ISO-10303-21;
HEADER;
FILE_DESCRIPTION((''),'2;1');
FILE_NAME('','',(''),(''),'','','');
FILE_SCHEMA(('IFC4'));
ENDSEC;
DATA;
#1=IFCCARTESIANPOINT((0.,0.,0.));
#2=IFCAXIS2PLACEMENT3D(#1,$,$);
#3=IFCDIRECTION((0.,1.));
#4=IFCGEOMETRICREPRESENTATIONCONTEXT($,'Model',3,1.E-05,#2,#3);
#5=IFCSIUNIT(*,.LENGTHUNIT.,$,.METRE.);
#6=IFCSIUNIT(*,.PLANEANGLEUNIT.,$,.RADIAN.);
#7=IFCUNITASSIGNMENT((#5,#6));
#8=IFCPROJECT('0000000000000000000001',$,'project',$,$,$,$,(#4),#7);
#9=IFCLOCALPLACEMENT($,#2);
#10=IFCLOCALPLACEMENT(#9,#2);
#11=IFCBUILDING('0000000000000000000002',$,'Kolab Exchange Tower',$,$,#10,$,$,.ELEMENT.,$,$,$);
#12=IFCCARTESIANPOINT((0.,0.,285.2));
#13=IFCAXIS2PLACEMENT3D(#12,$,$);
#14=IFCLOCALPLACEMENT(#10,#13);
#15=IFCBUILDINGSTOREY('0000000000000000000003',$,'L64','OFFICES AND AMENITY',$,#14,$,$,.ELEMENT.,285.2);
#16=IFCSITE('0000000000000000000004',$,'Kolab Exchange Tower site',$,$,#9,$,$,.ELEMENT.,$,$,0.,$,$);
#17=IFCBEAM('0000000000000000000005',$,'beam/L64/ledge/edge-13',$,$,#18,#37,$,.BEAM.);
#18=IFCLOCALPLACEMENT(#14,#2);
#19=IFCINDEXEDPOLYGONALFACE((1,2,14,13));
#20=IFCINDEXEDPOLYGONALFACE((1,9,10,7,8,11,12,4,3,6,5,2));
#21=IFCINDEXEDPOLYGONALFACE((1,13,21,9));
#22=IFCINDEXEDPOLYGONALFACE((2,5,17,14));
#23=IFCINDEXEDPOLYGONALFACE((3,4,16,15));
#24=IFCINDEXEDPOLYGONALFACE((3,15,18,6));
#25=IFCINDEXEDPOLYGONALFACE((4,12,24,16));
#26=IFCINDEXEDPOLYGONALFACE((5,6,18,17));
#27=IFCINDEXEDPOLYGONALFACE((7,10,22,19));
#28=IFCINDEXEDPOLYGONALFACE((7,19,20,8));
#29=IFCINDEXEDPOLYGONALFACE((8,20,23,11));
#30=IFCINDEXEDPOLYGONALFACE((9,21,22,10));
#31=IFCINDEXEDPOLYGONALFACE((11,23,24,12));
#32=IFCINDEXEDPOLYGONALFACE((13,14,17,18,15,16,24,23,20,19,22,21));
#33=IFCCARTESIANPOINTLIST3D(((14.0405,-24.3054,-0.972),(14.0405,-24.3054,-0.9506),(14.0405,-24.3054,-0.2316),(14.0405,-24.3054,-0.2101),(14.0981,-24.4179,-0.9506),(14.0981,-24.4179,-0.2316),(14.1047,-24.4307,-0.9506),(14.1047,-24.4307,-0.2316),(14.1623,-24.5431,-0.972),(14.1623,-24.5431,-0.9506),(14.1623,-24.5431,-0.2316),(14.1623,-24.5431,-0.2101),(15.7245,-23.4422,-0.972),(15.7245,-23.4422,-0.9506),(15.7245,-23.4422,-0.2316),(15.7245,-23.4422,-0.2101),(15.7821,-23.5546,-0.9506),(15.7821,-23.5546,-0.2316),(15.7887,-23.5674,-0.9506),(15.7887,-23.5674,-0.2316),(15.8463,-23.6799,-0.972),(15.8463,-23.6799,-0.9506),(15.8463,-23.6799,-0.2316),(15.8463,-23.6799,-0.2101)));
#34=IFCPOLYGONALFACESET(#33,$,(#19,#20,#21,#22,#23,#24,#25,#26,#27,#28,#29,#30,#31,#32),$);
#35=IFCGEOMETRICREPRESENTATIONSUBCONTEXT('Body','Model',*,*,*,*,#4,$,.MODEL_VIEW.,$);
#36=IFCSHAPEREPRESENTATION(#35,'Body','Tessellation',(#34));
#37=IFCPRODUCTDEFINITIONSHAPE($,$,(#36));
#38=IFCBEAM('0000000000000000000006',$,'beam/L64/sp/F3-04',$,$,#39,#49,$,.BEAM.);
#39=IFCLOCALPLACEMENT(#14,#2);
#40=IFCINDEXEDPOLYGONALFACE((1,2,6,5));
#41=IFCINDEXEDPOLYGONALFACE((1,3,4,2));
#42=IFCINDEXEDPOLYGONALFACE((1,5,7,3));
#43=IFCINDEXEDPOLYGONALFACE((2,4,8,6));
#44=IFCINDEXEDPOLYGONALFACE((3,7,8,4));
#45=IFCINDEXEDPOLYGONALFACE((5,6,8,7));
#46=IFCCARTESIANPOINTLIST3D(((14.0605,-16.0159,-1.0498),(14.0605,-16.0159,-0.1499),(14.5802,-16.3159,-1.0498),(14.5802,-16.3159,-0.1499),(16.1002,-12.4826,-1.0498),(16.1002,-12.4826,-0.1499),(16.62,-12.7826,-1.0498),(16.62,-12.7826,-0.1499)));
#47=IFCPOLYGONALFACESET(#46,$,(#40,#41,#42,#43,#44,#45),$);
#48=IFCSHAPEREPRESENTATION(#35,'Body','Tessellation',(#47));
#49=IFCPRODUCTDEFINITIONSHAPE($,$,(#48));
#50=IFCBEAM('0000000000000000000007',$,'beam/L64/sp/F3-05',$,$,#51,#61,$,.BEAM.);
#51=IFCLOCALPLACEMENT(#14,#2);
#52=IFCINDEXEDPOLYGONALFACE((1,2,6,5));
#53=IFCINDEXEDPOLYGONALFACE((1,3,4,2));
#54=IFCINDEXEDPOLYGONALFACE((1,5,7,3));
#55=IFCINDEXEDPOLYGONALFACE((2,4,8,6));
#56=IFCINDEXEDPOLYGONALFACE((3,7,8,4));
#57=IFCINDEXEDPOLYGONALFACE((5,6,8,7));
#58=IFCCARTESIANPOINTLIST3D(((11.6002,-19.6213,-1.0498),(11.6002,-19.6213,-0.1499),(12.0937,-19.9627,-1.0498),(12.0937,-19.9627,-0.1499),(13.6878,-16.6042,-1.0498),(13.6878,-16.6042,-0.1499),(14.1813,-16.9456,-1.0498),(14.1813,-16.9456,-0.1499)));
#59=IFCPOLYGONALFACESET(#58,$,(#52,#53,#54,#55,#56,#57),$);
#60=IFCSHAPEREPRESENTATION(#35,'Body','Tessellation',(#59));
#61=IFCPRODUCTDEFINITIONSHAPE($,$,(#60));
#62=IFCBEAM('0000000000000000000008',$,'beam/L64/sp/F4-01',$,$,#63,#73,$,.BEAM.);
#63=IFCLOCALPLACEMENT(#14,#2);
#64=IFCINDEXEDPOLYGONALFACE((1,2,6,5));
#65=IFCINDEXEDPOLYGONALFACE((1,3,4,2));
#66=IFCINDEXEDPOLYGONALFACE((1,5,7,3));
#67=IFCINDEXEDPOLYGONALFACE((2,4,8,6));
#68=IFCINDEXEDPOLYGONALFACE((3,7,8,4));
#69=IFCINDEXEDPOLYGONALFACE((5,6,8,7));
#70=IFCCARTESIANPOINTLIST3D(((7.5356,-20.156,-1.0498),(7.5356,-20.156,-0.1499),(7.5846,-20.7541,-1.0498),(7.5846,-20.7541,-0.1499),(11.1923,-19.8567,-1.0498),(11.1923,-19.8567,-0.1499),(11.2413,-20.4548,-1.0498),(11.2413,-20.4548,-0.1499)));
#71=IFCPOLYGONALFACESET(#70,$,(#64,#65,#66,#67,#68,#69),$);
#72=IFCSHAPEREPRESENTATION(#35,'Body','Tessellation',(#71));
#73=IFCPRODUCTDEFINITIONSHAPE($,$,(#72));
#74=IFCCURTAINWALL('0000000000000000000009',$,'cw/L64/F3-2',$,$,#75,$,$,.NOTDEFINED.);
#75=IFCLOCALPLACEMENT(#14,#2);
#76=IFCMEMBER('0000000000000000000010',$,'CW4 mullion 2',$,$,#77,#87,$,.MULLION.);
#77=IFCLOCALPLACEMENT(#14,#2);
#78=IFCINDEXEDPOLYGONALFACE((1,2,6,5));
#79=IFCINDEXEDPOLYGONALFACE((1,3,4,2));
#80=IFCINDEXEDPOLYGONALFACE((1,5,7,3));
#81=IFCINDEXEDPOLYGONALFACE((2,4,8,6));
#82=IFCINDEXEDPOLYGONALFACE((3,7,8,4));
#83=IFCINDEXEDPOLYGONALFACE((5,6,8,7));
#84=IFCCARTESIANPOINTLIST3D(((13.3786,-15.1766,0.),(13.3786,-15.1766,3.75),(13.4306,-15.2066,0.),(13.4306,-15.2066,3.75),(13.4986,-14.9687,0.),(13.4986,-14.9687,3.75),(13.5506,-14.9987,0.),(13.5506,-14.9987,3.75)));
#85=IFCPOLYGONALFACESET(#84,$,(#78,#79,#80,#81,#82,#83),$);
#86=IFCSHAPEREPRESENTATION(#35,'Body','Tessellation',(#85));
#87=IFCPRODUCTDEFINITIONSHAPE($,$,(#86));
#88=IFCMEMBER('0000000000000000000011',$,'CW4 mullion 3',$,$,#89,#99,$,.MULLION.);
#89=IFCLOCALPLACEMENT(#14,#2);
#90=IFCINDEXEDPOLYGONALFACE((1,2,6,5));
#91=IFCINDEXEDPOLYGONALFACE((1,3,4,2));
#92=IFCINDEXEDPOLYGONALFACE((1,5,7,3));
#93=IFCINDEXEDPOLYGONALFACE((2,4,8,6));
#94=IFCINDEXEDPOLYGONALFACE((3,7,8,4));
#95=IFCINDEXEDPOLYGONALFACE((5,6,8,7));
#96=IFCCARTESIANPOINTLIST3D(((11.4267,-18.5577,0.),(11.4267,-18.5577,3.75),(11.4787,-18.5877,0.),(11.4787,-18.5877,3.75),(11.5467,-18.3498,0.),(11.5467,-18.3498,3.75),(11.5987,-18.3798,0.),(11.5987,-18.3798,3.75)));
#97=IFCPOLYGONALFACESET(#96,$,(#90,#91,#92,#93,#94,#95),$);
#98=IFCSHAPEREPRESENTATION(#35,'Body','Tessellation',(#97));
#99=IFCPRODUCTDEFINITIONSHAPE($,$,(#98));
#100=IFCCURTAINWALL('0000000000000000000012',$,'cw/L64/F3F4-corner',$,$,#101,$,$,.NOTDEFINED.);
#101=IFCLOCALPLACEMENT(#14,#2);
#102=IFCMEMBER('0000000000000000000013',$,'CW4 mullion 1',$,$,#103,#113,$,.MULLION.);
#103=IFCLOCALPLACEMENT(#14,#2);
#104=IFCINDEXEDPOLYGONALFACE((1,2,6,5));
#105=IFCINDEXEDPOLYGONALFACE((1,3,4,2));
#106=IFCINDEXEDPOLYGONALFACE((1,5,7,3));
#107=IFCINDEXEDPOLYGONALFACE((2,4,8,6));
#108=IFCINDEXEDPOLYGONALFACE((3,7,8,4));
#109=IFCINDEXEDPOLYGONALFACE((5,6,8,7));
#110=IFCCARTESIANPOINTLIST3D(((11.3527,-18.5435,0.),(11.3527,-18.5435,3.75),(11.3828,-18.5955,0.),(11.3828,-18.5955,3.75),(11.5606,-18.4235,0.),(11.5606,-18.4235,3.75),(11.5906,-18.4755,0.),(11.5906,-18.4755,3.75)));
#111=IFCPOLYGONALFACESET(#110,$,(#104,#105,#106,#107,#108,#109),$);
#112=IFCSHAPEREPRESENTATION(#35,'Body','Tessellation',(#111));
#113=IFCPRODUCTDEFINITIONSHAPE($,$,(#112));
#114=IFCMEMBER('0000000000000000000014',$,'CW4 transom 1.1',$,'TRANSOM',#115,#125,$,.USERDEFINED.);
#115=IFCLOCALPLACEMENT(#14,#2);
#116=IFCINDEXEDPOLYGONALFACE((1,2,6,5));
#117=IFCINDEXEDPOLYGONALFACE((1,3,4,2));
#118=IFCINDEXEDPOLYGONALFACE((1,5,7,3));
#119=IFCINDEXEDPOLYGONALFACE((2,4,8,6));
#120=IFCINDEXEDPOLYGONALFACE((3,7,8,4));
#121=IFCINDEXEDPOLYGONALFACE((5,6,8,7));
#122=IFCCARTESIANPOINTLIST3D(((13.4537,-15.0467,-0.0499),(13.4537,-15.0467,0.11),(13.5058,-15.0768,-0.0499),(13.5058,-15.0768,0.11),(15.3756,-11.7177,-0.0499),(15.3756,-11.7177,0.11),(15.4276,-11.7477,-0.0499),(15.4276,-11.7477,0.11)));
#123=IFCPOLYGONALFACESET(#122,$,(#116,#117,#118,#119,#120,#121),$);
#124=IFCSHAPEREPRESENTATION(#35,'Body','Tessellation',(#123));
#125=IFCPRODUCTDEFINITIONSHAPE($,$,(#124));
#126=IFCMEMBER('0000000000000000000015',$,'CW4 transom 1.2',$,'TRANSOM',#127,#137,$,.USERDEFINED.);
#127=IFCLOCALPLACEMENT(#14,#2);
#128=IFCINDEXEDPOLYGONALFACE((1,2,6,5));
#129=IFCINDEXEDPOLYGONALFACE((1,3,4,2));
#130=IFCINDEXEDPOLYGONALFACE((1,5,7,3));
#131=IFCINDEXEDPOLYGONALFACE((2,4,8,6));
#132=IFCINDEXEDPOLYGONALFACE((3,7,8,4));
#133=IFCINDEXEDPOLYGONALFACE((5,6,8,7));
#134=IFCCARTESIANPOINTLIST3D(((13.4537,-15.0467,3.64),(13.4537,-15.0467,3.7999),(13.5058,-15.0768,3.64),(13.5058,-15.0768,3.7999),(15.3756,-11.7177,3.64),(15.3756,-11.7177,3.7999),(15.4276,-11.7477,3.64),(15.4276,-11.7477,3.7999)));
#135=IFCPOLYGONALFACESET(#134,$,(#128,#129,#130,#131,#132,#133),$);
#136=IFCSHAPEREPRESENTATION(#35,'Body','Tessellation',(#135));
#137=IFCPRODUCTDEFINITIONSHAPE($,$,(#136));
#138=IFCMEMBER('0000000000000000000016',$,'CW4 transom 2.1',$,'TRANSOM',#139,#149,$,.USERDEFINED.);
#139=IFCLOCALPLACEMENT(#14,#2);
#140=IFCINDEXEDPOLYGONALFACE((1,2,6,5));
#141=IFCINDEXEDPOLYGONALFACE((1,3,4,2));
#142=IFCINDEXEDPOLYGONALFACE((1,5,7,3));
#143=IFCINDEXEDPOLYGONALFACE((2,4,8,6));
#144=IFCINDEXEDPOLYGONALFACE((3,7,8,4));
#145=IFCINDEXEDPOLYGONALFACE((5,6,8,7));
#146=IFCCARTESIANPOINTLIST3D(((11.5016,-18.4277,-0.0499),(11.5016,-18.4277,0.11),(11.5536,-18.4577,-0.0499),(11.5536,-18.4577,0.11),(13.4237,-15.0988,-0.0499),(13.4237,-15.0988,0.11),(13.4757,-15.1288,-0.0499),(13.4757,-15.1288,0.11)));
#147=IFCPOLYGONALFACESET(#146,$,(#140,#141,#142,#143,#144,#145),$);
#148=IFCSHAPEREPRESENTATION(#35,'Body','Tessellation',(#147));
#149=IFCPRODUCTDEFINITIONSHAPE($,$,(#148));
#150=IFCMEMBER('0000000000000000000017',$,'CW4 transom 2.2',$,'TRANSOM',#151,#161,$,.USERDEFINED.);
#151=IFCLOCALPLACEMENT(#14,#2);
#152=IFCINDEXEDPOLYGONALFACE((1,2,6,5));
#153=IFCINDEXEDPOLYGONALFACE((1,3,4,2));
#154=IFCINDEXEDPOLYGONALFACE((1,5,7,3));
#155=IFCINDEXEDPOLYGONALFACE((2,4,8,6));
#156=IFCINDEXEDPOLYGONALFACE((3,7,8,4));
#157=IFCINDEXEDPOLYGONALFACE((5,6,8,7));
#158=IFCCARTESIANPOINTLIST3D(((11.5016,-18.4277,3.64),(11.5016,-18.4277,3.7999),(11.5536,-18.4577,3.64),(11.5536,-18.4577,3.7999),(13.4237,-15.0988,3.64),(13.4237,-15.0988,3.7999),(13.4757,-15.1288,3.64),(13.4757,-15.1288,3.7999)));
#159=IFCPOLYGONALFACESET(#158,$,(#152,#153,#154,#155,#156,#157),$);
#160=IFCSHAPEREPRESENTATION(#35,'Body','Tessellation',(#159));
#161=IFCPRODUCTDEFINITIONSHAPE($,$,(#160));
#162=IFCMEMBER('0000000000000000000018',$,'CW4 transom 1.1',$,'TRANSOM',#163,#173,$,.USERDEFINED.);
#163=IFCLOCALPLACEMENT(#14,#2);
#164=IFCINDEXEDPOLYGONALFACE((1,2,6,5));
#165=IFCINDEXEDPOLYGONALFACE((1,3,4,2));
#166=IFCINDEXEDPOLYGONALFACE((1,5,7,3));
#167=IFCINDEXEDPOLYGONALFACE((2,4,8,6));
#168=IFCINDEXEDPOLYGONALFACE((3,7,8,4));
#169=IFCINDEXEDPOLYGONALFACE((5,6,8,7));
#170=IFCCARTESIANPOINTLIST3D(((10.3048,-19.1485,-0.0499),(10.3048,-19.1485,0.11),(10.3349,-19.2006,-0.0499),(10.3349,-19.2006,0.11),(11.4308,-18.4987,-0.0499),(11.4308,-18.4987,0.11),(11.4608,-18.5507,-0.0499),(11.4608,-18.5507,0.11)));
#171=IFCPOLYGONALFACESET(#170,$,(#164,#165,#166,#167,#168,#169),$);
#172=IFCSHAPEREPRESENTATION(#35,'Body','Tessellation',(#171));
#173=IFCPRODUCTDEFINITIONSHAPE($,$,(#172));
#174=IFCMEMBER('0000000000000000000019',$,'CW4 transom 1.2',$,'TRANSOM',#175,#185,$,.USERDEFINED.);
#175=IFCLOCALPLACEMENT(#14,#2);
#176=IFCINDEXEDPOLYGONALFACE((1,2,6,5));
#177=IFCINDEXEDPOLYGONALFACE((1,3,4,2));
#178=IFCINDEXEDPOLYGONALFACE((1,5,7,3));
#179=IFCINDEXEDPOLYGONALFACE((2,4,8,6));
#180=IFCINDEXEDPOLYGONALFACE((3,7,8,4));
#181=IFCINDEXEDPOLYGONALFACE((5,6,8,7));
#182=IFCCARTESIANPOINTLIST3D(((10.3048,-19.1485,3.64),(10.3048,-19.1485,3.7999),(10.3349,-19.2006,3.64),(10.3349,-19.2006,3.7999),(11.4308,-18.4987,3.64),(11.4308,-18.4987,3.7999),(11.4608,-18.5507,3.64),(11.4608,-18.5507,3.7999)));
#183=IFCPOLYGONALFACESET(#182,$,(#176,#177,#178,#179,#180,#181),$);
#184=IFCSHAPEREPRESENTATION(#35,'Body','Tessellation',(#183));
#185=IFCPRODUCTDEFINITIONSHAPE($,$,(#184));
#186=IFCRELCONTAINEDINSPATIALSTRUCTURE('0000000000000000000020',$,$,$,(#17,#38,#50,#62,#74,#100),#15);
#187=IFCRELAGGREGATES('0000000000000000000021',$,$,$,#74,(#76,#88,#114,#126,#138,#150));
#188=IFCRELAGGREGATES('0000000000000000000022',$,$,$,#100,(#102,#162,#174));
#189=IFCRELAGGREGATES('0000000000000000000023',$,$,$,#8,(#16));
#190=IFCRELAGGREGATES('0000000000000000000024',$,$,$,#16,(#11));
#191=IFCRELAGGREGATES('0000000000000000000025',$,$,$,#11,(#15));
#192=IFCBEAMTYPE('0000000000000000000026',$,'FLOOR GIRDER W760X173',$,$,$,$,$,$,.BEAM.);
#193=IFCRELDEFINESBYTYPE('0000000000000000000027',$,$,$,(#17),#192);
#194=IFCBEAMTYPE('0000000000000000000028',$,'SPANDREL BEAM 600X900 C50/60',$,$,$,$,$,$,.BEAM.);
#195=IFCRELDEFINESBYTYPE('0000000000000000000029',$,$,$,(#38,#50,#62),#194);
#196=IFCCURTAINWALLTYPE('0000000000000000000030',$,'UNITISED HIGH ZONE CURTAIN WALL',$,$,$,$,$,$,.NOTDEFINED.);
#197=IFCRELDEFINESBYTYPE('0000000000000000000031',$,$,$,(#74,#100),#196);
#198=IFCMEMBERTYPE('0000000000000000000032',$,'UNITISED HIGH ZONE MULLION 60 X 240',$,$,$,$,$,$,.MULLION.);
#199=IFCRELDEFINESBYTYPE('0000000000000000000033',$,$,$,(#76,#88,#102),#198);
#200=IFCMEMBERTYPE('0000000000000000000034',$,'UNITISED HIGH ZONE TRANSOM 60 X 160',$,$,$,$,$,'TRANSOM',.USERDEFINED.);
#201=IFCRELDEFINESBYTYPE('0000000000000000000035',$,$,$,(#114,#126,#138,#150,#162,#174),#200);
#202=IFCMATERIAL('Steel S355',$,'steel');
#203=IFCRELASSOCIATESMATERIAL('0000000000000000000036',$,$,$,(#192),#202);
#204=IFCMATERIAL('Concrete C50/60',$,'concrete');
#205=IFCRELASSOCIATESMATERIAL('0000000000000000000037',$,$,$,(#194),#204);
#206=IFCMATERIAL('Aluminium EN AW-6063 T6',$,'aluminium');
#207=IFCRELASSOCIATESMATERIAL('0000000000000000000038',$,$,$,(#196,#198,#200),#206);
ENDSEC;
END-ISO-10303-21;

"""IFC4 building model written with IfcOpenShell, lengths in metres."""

from ifc_helpers import new_model, si_unit, direction, frame, origin, origin_2d, place, context, subcontext, project, spatial, rectangle, i_section, extrude, material, material_profile, profile_set, type_object, element, aggregate, save


model = new_model("IFC4")

# Units and contexts
model_context = context("Model", 3, precision=1e-05, world=origin(), true_north=direction((0.0, 1.0)))
body_context = subcontext(model_context, "Body", "Model", "MODEL_VIEW")
ifc_project = project(units=[si_unit("LENGTHUNIT", "METRE"), si_unit("PLANEANGLEUNIT", "RADIAN")], contexts=[model_context])

# Site, building, storey
site_placement = place(None, origin())
site = spatial("IfcSite", under=ifc_project, at=site_placement, Name="Kolab Exchange Tower site", CompositionType="ELEMENT", RefElevation=0.0)
building_placement = place(site_placement, origin())
building = spatial("IfcBuilding", under=site, at=building_placement, Name="Kolab Exchange Tower", CompositionType="ELEMENT")
storey_placement = place(building_placement, frame((0.0, 0.0, 285.2)))
storey = spatial("IfcBuildingStorey", under=building, at=storey_placement, Name="L64", Description="OFFICES AND AMENITY", CompositionType="ELEMENT", Elevation=285.2)

# Shared definitions
ifc_material_1 = material(Name="Concrete C50/60", Category="concrete")

# Beams
ifc_material_2 = material(Name="Steel S355", Category="steel")
ifc_material_profile_1 = material_profile(ifc_material_2, i_section(OverallWidth=0.2671, OverallDepth=0.762, WebThickness=0.0144, FlangeThickness=0.0215, at=origin_2d()), Name="W760X173")
ifc_profile_set_1 = profile_set([ifc_material_profile_1], Name="Steel S355")
beam_type_1 = type_object("IfcBeamType", Name="FLOOR GIRDER W760X173", PredefinedType="BEAM", material=ifc_profile_set_1)
beam_1_placement = place(storey_placement, frame((15.7854, -23.561, -0.5911), z_axis=(-0.889893, -0.45617, 0.0), x_axis=(0.45617, -0.889893, 0.0)))
element("IfcBeam", 1, at=beam_1_placement, inside=storey, type_object=beam_type_1, Name="beam/L64/ledge/edge-13", PredefinedType="BEAM", context=body_context, shape_type="SweptSolid", body=[
    extrude(i_section(OverallWidth=0.2671, OverallDepth=0.762, WebThickness=0.0144, FlangeThickness=0.0215, at=origin_2d()), origin(), (0.0, 0.0, 1.0), 1.8923),
])
ifc_material_profile_2 = material_profile(ifc_material_1, rectangle(XDim=0.6001, YDim=0.8999, at=origin_2d()), Name="RC600X900")
ifc_profile_set_2 = profile_set([ifc_material_profile_2], Name="Concrete C50/60")
beam_type_2 = type_object("IfcBeamType", Name="SPANDREL BEAM 600X900 C50/60", PredefinedType="BEAM", material=ifc_profile_set_2)
beam_2_placement = place(storey_placement, frame((16.3601, -12.6326, -0.5999), z_axis=(-0.499956, -0.866051, 0.0), x_axis=(0.866051, -0.499956, 0.0)))
element("IfcBeam", 2, at=beam_2_placement, inside=storey, type_object=beam_type_2, Name="beam/L64/sp/F3-04", PredefinedType="BEAM", context=body_context, shape_type="SweptSolid", body=[
    extrude(rectangle(XDim=0.6001, YDim=0.8999, at=origin_2d()), origin(), (0.0, 0.0, 1.0), 4.0798),
])
for number, where, z_axis, x_axis, name in (
    (3, (13.9346, -16.7749, -0.5999), (-0.569006, -0.822334, 0.0), (0.822334, -0.569006, 0.0), "beam/L64/sp/F3-05"),
    (4, (11.2168, -20.1558, -0.5999), (-0.996667, -0.081581, 0.0), (0.081581, -0.996667, 0.0), "beam/L64/sp/F4-01"),
):
    element("IfcBeam", number, at=place(storey_placement, frame(where, z_axis=z_axis, x_axis=x_axis)), inside=storey, type_object=beam_type_2, Name=name, PredefinedType="BEAM", context=body_context, shape_type="SweptSolid", body=[
        extrude(rectangle(XDim=0.6001, YDim=0.8999, at=origin_2d()), origin(), (0.0, 0.0, 1.0), 3.6689),
    ])

# Curtain wall, members
ifc_material_3 = material(Name="Aluminium EN AW-6063 T6", Category="aluminium")
curtain_wall_type = type_object("IfcCurtainWallType", Name="UNITISED HIGH ZONE CURTAIN WALL", PredefinedType="NOTDEFINED", material=ifc_material_3)
curtain_wall_1_placement = place(storey_placement, origin())
curtain_wall_1 = element("IfcCurtainWall", 5, at=curtain_wall_1_placement, inside=storey, type_object=curtain_wall_type, Name="cw/L64/F3-2", PredefinedType="NOTDEFINED")
ifc_material_profile_3 = material_profile(ifc_material_3, rectangle(XDim=0.0601, YDim=0.24, at=origin_2d()), Name="RECT 60X240")
ifc_profile_set_3 = profile_set([ifc_material_profile_3], Name="Aluminium EN AW-6063 T6")
member_type_1 = type_object("IfcMemberType", Name="UNITISED HIGH ZONE MULLION 60 X 240", PredefinedType="MULLION", material=ifc_profile_set_3)
member_1_placement = place(storey_placement, frame((13.4646, -15.0876, 0.0), z_axis=(0.0, 0.0, 1.0), x_axis=(0.866025, -0.5, 0.0)))
member_1 = element("IfcMember", 6, at=member_1_placement, type_object=member_type_1, Name="CW4 mullion 2", PredefinedType="MULLION", context=body_context, shape_type="SweptSolid", body=[
    extrude(rectangle(XDim=0.0601, YDim=0.24, at=origin_2d()), origin(), (0.0, 0.0, 1.0), 3.75),
])
member_2_placement = place(storey_placement, frame((11.5127, -18.4688, 0.0), z_axis=(0.0, 0.0, 1.0), x_axis=(0.866025, -0.5, 0.0)))
member_2 = element("IfcMember", 7, at=member_2_placement, type_object=member_type_1, Name="CW4 mullion 3", PredefinedType="MULLION", context=body_context, shape_type="SweptSolid", body=[
    extrude(rectangle(XDim=0.0601, YDim=0.24, at=origin_2d()), origin(), (0.0, 0.0, 1.0), 3.75),
])

# Curtain wall, member
curtain_wall_2_placement = place(storey_placement, origin())
curtain_wall_2 = element("IfcCurtainWall", 8, at=curtain_wall_2_placement, inside=storey, type_object=curtain_wall_type, Name="cw/L64/F3F4-corner", PredefinedType="NOTDEFINED")
member_3_placement = place(storey_placement, frame((11.4717, -18.5095, 0.0), z_axis=(0.0, 0.0, 1.0), x_axis=(0.5, -0.866025, 0.0)))
member_3 = element("IfcMember", 9, at=member_3_placement, type_object=member_type_1, Name="CW4 mullion 1", PredefinedType="MULLION", context=body_context, shape_type="SweptSolid", body=[
    extrude(rectangle(XDim=0.0601, YDim=0.24, at=origin_2d()), origin(), (0.0, 0.0, 1.0), 3.75),
])

# Members
ifc_material_profile_4 = material_profile(ifc_material_3, rectangle(XDim=0.0601, YDim=0.1599, at=origin_2d()), Name="RECT 60X160")
ifc_profile_set_4 = profile_set([ifc_material_profile_4], Name="Aluminium EN AW-6063 T6")
member_type_2 = type_object("IfcMemberType", Name="UNITISED HIGH ZONE TRANSOM 60 X 160", ElementType="TRANSOM", PredefinedType="USERDEFINED", material=ifc_profile_set_4)
member_4_placement = place(storey_placement, frame((15.4016, -11.7327, 0.03), z_axis=(-0.499964, -0.866046, 0.0), x_axis=(0.866046, -0.499964, 0.0)))
member_4 = element("IfcMember", 10, at=member_4_placement, type_object=member_type_2, Name="CW4 transom 1.1", ObjectType="TRANSOM", PredefinedType="USERDEFINED", context=body_context, shape_type="SweptSolid", body=[
    extrude(rectangle(XDim=0.0601, YDim=0.1599, at=origin_2d()), origin(), (0.0, 0.0, 1.0), 3.844),
])
member_5_placement = place(storey_placement, frame((15.4016, -11.7327, 3.72), z_axis=(-0.499964, -0.866046, 0.0), x_axis=(0.866046, -0.499964, 0.0)))
member_5 = element("IfcMember", 11, at=member_5_placement, type_object=member_type_2, Name="CW4 transom 1.2", ObjectType="TRANSOM", PredefinedType="USERDEFINED", context=body_context, shape_type="SweptSolid", body=[
    extrude(rectangle(XDim=0.0601, YDim=0.1599, at=origin_2d()), origin(), (0.0, 0.0, 1.0), 3.844),
])
member_6_placement = place(storey_placement, frame((13.4497, -15.1138, 0.03), z_axis=(-0.500039, -0.866003, 0.0), x_axis=(0.866003, -0.500039, 0.0)))
member_6 = element("IfcMember", 12, at=member_6_placement, type_object=member_type_2, Name="CW4 transom 2.1", ObjectType="TRANSOM", PredefinedType="USERDEFINED", context=body_context, shape_type="SweptSolid", body=[
    extrude(rectangle(XDim=0.0601, YDim=0.1599, at=origin_2d()), origin(), (0.0, 0.0, 1.0), 3.844),
])
member_7_placement = place(storey_placement, frame((13.4497, -15.1138, 3.72), z_axis=(-0.500039, -0.866003, 0.0), x_axis=(0.866003, -0.500039, 0.0)))
member_7 = element("IfcMember", 13, at=member_7_placement, type_object=member_type_2, Name="CW4 transom 2.2", ObjectType="TRANSOM", PredefinedType="USERDEFINED", context=body_context, shape_type="SweptSolid", body=[
    extrude(rectangle(XDim=0.0601, YDim=0.1599, at=origin_2d()), origin(), (0.0, 0.0, 1.0), 3.844),
])
member_8_placement = place(storey_placement, frame((11.4458, -18.5247, 0.03), z_axis=(-0.866086, -0.499896, 0.0), x_axis=(0.499896, -0.866086, 0.0)))
member_8 = element("IfcMember", 14, at=member_8_placement, type_object=member_type_2, Name="CW4 transom 1.1", ObjectType="TRANSOM", PredefinedType="USERDEFINED", context=body_context, shape_type="SweptSolid", body=[
    extrude(rectangle(XDim=0.0601, YDim=0.1599, at=origin_2d()), origin(), (0.0, 0.0, 1.0), 1.3),
])
member_9_placement = place(storey_placement, frame((11.4458, -18.5247, 3.72), z_axis=(-0.866086, -0.499896, 0.0), x_axis=(0.499896, -0.866086, 0.0)))
member_9 = element("IfcMember", 15, at=member_9_placement, type_object=member_type_2, Name="CW4 transom 1.2", ObjectType="TRANSOM", PredefinedType="USERDEFINED", context=body_context, shape_type="SweptSolid", body=[
    extrude(rectangle(XDim=0.0601, YDim=0.1599, at=origin_2d()), origin(), (0.0, 0.0, 1.0), 1.3),
])

aggregate(curtain_wall_1, [member_1, member_2, member_4, member_5, member_6, member_7])
aggregate(curtain_wall_2, [member_3, member_8, member_9])

save(model, "model.ifc")
